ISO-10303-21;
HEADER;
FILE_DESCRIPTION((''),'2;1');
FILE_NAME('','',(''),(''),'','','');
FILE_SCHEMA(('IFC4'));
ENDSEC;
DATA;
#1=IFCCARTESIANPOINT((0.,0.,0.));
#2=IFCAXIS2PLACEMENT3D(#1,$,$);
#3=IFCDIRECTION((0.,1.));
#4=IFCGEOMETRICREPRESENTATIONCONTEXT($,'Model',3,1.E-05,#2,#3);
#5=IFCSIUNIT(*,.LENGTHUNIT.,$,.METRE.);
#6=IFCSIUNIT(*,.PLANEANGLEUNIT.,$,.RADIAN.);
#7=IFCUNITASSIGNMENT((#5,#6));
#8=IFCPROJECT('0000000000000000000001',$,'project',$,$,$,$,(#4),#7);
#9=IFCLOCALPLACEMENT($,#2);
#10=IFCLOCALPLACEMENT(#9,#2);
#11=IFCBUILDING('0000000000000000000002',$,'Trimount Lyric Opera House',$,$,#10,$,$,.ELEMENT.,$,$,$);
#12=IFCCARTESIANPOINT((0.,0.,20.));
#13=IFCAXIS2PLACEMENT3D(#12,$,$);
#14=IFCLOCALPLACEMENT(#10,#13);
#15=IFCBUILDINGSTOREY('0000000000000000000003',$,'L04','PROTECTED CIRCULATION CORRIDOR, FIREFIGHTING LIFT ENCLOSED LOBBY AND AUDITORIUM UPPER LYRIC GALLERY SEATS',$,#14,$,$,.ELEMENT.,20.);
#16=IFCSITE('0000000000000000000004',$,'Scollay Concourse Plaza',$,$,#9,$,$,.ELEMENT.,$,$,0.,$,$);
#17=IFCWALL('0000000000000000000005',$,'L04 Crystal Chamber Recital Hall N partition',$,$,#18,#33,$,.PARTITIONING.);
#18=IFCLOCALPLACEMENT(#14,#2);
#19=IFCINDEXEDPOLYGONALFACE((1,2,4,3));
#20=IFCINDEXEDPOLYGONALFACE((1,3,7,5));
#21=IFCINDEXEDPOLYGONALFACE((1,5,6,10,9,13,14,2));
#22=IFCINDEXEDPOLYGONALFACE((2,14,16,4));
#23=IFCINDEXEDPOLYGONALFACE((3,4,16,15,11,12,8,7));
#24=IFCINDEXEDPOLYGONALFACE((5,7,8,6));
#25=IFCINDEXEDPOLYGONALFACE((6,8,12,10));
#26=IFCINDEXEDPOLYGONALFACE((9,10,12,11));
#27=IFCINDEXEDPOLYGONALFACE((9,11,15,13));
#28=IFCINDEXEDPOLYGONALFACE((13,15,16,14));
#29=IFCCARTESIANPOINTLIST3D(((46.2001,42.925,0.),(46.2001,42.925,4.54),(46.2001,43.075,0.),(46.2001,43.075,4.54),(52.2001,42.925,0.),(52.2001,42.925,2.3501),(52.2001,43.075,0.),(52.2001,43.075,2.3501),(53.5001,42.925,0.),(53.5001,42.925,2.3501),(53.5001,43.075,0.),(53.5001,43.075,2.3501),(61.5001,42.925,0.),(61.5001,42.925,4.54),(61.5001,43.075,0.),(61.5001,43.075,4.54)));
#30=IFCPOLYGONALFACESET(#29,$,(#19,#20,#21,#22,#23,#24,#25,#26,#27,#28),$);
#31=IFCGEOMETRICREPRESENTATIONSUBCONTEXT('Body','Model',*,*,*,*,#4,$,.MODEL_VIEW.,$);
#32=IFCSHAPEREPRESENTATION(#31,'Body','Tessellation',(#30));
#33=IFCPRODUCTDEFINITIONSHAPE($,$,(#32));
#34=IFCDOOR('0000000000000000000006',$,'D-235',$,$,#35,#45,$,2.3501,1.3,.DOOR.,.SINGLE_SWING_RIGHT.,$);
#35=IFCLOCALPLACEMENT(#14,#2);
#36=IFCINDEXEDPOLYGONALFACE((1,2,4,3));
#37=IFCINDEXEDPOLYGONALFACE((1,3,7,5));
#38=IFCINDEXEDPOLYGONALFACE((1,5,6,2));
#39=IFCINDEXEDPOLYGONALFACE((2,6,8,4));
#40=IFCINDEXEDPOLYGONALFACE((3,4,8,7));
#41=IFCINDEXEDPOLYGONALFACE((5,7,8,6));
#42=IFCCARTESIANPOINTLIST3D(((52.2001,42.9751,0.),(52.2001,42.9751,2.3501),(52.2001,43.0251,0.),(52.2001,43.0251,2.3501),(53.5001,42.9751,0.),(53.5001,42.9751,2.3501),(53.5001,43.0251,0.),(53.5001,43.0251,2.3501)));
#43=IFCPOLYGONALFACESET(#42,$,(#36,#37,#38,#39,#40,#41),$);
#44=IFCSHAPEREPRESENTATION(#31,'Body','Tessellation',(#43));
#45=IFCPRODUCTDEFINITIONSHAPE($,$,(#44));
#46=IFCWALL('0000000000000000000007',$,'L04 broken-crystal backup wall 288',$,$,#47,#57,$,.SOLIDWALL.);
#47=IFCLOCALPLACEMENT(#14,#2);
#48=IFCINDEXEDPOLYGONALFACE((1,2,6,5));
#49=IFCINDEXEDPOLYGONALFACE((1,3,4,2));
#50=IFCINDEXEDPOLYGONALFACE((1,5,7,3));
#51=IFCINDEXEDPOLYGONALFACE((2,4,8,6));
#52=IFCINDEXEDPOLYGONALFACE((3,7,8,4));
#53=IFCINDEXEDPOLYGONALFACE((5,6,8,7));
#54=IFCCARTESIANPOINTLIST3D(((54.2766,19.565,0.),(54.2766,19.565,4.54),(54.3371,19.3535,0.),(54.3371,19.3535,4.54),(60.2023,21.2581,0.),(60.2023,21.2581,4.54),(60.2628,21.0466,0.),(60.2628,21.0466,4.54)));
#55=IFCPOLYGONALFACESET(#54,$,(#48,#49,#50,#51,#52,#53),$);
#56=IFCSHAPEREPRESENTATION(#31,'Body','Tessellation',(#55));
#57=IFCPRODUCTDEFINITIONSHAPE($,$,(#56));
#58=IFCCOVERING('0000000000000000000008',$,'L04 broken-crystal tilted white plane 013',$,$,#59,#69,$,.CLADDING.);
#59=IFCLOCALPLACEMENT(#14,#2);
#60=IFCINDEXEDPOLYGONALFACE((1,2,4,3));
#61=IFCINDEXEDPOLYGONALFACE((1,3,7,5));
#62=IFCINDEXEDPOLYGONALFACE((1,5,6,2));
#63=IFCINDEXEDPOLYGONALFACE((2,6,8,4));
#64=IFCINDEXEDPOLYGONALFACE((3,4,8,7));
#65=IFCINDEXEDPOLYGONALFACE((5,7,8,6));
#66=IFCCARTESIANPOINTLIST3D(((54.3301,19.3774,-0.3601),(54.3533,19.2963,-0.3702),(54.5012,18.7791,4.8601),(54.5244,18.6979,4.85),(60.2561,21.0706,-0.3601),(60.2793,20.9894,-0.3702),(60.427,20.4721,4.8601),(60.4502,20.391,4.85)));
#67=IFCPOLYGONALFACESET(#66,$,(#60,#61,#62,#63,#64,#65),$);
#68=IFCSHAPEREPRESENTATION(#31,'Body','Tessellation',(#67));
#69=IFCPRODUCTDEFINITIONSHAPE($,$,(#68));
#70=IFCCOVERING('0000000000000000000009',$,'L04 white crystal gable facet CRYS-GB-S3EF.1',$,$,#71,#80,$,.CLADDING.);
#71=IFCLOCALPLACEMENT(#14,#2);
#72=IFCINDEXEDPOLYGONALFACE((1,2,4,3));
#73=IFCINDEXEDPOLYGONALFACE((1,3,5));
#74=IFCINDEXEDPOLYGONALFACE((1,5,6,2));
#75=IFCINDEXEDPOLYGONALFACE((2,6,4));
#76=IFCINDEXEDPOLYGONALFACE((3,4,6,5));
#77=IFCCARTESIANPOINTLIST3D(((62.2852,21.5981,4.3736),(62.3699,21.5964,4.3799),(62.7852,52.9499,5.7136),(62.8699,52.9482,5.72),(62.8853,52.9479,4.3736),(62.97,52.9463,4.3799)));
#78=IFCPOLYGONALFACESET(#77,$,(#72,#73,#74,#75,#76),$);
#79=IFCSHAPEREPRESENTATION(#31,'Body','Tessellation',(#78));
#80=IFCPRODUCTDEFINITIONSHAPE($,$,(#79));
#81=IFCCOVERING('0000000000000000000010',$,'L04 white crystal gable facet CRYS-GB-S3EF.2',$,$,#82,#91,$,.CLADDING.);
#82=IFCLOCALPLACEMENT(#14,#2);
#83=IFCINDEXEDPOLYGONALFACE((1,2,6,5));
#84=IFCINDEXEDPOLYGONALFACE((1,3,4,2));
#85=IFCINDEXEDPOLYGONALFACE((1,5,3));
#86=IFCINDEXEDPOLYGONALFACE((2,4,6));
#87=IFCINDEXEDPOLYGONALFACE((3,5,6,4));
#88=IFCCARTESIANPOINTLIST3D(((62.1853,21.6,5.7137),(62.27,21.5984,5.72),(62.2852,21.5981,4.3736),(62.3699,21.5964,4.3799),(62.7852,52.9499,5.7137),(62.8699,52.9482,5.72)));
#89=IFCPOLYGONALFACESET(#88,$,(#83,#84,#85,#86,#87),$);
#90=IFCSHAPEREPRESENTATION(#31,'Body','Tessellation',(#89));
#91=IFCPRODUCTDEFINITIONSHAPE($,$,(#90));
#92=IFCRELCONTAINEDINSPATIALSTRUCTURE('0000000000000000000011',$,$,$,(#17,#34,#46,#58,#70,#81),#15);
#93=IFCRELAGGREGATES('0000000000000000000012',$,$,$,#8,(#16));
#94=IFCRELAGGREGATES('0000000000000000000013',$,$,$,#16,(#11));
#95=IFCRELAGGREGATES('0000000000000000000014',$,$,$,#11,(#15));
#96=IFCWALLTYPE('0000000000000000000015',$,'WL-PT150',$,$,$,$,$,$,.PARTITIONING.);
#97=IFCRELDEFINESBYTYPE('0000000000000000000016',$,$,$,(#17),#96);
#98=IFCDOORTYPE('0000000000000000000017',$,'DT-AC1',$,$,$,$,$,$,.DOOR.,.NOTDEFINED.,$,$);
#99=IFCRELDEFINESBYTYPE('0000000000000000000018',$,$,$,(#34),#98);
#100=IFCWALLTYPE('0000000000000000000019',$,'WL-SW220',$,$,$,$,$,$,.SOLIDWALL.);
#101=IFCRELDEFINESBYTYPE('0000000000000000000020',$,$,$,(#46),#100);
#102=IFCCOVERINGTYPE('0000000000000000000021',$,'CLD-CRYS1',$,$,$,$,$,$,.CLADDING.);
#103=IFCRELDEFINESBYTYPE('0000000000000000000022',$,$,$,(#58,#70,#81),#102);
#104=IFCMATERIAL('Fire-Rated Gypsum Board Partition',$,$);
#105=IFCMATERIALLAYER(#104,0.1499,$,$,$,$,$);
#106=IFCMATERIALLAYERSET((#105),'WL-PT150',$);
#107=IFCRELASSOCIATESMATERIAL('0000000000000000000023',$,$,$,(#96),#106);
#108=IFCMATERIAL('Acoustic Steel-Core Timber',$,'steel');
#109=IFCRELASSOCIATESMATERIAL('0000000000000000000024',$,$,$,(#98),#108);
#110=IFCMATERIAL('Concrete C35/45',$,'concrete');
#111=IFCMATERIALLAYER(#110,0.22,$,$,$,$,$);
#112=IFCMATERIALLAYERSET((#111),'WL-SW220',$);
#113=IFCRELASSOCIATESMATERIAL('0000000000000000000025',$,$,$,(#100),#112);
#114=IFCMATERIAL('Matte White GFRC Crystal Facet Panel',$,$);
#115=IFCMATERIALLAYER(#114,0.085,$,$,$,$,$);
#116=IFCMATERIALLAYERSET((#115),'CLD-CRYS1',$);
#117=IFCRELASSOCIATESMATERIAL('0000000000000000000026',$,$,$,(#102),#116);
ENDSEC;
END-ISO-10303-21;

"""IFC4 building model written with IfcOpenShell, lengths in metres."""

from ifc_helpers import new_model, si_unit, direction, frame, frame_2d, origin, place, context, subcontext, project, spatial, polyline, rectangle, outline, extrude, material, layer, layer_set, type_object, element, fill, save


model = new_model("IFC4")

# Units and contexts
model_context = context("Model", 3, precision=1e-05, world=origin(), true_north=direction((0.0, 1.0)))
body_context = subcontext(model_context, "Body", "Model", "MODEL_VIEW")
ifc_project = project(units=[si_unit("LENGTHUNIT", "METRE"), si_unit("PLANEANGLEUNIT", "RADIAN")], contexts=[model_context])

# Site, building, storey
site_placement = place(None, origin())
site = spatial("IfcSite", under=ifc_project, at=site_placement, Name="Scollay Concourse Plaza", CompositionType="ELEMENT", RefElevation=0.0)
building_placement = place(site_placement, origin())
building = spatial("IfcBuilding", under=site, at=building_placement, Name="Trimount Lyric Opera House", CompositionType="ELEMENT")
storey_placement = place(building_placement, frame((0.0, 0.0, 20.0)))
storey = spatial("IfcBuildingStorey", under=building, at=storey_placement, Name="L04", Description="PROTECTED CIRCULATION CORRIDOR, FIREFIGHTING LIFT ENCLOSED LOBBY AND AUDITORIUM UPPER LYRIC GALLERY SEATS", CompositionType="ELEMENT", Elevation=20.0)

# Wall, opening, door
ifc_material_1 = material(Name="Fire-Rated Gypsum Board Partition")
ifc_layer_1 = layer(ifc_material_1, 0.1499)
ifc_layer_set_1 = layer_set([ifc_layer_1], Name="WL-PT150")
wall_type_1 = type_object("IfcWallType", Name="WL-PT150", PredefinedType="PARTITIONING", material=ifc_layer_set_1)
wall_1_placement = place(storey_placement, frame((61.5, 43.0, 0.0), z_axis=(0.0, 0.0, 1.0), x_axis=(-1.0, 0.0, 0.0)))
wall_1 = element("IfcWall", 1, at=wall_1_placement, inside=storey, type_object=wall_type_1, Name="L04 Crystal Chamber Recital Hall N partition", PredefinedType="PARTITIONING", context=body_context, shape_type="SweptSolid", body=[
    extrude(rectangle(XDim=15.3, YDim=0.1499, at=frame_2d((7.6499, 0.0))), origin(), (0.0, 0.0, 1.0), 4.54),
])
opening_placement = place(wall_1_placement, frame((8.0, 0.0, 0.0)))
opening = element("IfcOpeningElement", 2, at=opening_placement, cuts=wall_1, PredefinedType="OPENING", context=body_context, shape_type="SweptSolid", body=[
    extrude(rectangle(XDim=1.3, YDim=2.3501, at=frame_2d((0.6499, 1.175))), frame((0.0, 0.085, 0.0), z_axis=(0.0, -1.0, 0.0), x_axis=(1.0, 0.0, 0.0)), (0.0, 0.0, 1.0), 0.1699),
])
ifc_material_2 = material(Name="Acoustic Steel-Core Timber", Category="steel")
door_type = type_object("IfcDoorType", Name="DT-AC1", OperationType="NOTDEFINED", PredefinedType="DOOR", material=ifc_material_2)
door_placement = place(opening_placement, origin())
door = element("IfcDoor", 3, at=door_placement, inside=storey, type_object=door_type, Name="D-235", OperationType="SINGLE_SWING_RIGHT", OverallHeight=2.3501, OverallWidth=1.3, PredefinedType="DOOR", context=body_context, shape_type="SweptSolid", body=[
    extrude(rectangle(XDim=1.3, YDim=2.3501, at=frame_2d((0.6499, 1.175))), frame((0.0, 0.0249, 0.0), z_axis=(0.0, -1.0, 0.0), x_axis=(1.0, 0.0, 0.0)), (0.0, 0.0, 1.0), 0.05),
])
fill(opening, door)

# Wall
ifc_material_3 = material(Name="Concrete C35/45", Category="concrete")
ifc_layer_2 = layer(ifc_material_3, 0.22)
ifc_layer_set_2 = layer_set([ifc_layer_2], Name="WL-SW220")
wall_type_2 = type_object("IfcWallType", Name="WL-SW220", PredefinedType="SOLIDWALL", material=ifc_layer_set_2)
wall_2_placement = place(storey_placement, frame((60.2327, 21.1523, 0.0), z_axis=(0.0, 0.0, 1.0), x_axis=(-0.961522, -0.274726, 0.0)))
element("IfcWall", 4, at=wall_2_placement, inside=storey, type_object=wall_type_2, Name="L04 broken-crystal backup wall 288", PredefinedType="SOLIDWALL", context=body_context, shape_type="SweptSolid", body=[
    extrude(rectangle(XDim=6.1628, YDim=0.22, at=frame_2d((3.0815, 0.0))), origin(), (0.0, 0.0, 1.0), 4.54),
])

# Coverings
ifc_material_4 = material(Name="Matte White GFRC Crystal Facet Panel")
ifc_layer_3 = layer(ifc_material_4, 0.085)
ifc_layer_set_3 = layer_set([ifc_layer_3], Name="CLD-CRYS1")
covering_type = type_object("IfcCoveringType", Name="CLD-CRYS1", PredefinedType="CLADDING", material=ifc_layer_set_3)
covering_1_placement = place(storey_placement, frame((60.2561, 21.0706, -0.3601), z_axis=(-0.272789, 0.954763, 0.118381), x_axis=(-0.961524, -0.274721, -0.000001)))
element("IfcCovering", 5, at=covering_1_placement, inside=storey, type_object=covering_type, Name="L04 broken-crystal tilted white plane 013", PredefinedType="CLADDING", context=body_context, shape_type="SweptSolid", body=[
    extrude(outline(polyline([(0.0, 0.0), (6.1631, 0.0), (6.163, 5.2572), (0.0001, 5.2572), (0.0, 0.0)])), origin(), (0.0, 0.0, -1.0), 0.085),
])
covering_2_placement = place(storey_placement, frame((62.3699, 21.5964, 4.3799), z_axis=(0.997038, -0.019085, 0.074501), x_axis=(0.019138, 0.999817, 0.0)))
element("IfcCovering", 6, at=covering_2_placement, inside=storey, type_object=covering_type, Name="L04 white crystal gable facet CRYS-GB-S3EF.1", PredefinedType="CLADDING", context=body_context, shape_type="SweptSolid", body=[
    extrude(outline(polyline([(0.0, 0.0), (31.3556, 0.0), (31.3556, 1.3438), (0.0, 0.0)])), origin(), (0.0, 0.0, -1.0), 0.085),
])
covering_3_placement = place(storey_placement, frame((62.3699, 21.5964, 4.3799), z_axis=(0.997052, -0.019078, 0.074321), x_axis=(0.015931, 0.998961, 0.042699)))
element("IfcCovering", 7, at=covering_3_placement, inside=storey, type_object=covering_type, Name="L04 white crystal gable facet CRYS-GB-S3EF.2", PredefinedType="CLADDING", context=body_context, shape_type="SweptSolid", body=[
    extrude(outline(polyline([(0.0, 0.0), (31.3844, 0.0), (0.0576, 1.3426), (0.0, 0.0)])), origin(), (0.0, 0.0, -1.0), 0.085),
])

save(model, "model.ifc")
